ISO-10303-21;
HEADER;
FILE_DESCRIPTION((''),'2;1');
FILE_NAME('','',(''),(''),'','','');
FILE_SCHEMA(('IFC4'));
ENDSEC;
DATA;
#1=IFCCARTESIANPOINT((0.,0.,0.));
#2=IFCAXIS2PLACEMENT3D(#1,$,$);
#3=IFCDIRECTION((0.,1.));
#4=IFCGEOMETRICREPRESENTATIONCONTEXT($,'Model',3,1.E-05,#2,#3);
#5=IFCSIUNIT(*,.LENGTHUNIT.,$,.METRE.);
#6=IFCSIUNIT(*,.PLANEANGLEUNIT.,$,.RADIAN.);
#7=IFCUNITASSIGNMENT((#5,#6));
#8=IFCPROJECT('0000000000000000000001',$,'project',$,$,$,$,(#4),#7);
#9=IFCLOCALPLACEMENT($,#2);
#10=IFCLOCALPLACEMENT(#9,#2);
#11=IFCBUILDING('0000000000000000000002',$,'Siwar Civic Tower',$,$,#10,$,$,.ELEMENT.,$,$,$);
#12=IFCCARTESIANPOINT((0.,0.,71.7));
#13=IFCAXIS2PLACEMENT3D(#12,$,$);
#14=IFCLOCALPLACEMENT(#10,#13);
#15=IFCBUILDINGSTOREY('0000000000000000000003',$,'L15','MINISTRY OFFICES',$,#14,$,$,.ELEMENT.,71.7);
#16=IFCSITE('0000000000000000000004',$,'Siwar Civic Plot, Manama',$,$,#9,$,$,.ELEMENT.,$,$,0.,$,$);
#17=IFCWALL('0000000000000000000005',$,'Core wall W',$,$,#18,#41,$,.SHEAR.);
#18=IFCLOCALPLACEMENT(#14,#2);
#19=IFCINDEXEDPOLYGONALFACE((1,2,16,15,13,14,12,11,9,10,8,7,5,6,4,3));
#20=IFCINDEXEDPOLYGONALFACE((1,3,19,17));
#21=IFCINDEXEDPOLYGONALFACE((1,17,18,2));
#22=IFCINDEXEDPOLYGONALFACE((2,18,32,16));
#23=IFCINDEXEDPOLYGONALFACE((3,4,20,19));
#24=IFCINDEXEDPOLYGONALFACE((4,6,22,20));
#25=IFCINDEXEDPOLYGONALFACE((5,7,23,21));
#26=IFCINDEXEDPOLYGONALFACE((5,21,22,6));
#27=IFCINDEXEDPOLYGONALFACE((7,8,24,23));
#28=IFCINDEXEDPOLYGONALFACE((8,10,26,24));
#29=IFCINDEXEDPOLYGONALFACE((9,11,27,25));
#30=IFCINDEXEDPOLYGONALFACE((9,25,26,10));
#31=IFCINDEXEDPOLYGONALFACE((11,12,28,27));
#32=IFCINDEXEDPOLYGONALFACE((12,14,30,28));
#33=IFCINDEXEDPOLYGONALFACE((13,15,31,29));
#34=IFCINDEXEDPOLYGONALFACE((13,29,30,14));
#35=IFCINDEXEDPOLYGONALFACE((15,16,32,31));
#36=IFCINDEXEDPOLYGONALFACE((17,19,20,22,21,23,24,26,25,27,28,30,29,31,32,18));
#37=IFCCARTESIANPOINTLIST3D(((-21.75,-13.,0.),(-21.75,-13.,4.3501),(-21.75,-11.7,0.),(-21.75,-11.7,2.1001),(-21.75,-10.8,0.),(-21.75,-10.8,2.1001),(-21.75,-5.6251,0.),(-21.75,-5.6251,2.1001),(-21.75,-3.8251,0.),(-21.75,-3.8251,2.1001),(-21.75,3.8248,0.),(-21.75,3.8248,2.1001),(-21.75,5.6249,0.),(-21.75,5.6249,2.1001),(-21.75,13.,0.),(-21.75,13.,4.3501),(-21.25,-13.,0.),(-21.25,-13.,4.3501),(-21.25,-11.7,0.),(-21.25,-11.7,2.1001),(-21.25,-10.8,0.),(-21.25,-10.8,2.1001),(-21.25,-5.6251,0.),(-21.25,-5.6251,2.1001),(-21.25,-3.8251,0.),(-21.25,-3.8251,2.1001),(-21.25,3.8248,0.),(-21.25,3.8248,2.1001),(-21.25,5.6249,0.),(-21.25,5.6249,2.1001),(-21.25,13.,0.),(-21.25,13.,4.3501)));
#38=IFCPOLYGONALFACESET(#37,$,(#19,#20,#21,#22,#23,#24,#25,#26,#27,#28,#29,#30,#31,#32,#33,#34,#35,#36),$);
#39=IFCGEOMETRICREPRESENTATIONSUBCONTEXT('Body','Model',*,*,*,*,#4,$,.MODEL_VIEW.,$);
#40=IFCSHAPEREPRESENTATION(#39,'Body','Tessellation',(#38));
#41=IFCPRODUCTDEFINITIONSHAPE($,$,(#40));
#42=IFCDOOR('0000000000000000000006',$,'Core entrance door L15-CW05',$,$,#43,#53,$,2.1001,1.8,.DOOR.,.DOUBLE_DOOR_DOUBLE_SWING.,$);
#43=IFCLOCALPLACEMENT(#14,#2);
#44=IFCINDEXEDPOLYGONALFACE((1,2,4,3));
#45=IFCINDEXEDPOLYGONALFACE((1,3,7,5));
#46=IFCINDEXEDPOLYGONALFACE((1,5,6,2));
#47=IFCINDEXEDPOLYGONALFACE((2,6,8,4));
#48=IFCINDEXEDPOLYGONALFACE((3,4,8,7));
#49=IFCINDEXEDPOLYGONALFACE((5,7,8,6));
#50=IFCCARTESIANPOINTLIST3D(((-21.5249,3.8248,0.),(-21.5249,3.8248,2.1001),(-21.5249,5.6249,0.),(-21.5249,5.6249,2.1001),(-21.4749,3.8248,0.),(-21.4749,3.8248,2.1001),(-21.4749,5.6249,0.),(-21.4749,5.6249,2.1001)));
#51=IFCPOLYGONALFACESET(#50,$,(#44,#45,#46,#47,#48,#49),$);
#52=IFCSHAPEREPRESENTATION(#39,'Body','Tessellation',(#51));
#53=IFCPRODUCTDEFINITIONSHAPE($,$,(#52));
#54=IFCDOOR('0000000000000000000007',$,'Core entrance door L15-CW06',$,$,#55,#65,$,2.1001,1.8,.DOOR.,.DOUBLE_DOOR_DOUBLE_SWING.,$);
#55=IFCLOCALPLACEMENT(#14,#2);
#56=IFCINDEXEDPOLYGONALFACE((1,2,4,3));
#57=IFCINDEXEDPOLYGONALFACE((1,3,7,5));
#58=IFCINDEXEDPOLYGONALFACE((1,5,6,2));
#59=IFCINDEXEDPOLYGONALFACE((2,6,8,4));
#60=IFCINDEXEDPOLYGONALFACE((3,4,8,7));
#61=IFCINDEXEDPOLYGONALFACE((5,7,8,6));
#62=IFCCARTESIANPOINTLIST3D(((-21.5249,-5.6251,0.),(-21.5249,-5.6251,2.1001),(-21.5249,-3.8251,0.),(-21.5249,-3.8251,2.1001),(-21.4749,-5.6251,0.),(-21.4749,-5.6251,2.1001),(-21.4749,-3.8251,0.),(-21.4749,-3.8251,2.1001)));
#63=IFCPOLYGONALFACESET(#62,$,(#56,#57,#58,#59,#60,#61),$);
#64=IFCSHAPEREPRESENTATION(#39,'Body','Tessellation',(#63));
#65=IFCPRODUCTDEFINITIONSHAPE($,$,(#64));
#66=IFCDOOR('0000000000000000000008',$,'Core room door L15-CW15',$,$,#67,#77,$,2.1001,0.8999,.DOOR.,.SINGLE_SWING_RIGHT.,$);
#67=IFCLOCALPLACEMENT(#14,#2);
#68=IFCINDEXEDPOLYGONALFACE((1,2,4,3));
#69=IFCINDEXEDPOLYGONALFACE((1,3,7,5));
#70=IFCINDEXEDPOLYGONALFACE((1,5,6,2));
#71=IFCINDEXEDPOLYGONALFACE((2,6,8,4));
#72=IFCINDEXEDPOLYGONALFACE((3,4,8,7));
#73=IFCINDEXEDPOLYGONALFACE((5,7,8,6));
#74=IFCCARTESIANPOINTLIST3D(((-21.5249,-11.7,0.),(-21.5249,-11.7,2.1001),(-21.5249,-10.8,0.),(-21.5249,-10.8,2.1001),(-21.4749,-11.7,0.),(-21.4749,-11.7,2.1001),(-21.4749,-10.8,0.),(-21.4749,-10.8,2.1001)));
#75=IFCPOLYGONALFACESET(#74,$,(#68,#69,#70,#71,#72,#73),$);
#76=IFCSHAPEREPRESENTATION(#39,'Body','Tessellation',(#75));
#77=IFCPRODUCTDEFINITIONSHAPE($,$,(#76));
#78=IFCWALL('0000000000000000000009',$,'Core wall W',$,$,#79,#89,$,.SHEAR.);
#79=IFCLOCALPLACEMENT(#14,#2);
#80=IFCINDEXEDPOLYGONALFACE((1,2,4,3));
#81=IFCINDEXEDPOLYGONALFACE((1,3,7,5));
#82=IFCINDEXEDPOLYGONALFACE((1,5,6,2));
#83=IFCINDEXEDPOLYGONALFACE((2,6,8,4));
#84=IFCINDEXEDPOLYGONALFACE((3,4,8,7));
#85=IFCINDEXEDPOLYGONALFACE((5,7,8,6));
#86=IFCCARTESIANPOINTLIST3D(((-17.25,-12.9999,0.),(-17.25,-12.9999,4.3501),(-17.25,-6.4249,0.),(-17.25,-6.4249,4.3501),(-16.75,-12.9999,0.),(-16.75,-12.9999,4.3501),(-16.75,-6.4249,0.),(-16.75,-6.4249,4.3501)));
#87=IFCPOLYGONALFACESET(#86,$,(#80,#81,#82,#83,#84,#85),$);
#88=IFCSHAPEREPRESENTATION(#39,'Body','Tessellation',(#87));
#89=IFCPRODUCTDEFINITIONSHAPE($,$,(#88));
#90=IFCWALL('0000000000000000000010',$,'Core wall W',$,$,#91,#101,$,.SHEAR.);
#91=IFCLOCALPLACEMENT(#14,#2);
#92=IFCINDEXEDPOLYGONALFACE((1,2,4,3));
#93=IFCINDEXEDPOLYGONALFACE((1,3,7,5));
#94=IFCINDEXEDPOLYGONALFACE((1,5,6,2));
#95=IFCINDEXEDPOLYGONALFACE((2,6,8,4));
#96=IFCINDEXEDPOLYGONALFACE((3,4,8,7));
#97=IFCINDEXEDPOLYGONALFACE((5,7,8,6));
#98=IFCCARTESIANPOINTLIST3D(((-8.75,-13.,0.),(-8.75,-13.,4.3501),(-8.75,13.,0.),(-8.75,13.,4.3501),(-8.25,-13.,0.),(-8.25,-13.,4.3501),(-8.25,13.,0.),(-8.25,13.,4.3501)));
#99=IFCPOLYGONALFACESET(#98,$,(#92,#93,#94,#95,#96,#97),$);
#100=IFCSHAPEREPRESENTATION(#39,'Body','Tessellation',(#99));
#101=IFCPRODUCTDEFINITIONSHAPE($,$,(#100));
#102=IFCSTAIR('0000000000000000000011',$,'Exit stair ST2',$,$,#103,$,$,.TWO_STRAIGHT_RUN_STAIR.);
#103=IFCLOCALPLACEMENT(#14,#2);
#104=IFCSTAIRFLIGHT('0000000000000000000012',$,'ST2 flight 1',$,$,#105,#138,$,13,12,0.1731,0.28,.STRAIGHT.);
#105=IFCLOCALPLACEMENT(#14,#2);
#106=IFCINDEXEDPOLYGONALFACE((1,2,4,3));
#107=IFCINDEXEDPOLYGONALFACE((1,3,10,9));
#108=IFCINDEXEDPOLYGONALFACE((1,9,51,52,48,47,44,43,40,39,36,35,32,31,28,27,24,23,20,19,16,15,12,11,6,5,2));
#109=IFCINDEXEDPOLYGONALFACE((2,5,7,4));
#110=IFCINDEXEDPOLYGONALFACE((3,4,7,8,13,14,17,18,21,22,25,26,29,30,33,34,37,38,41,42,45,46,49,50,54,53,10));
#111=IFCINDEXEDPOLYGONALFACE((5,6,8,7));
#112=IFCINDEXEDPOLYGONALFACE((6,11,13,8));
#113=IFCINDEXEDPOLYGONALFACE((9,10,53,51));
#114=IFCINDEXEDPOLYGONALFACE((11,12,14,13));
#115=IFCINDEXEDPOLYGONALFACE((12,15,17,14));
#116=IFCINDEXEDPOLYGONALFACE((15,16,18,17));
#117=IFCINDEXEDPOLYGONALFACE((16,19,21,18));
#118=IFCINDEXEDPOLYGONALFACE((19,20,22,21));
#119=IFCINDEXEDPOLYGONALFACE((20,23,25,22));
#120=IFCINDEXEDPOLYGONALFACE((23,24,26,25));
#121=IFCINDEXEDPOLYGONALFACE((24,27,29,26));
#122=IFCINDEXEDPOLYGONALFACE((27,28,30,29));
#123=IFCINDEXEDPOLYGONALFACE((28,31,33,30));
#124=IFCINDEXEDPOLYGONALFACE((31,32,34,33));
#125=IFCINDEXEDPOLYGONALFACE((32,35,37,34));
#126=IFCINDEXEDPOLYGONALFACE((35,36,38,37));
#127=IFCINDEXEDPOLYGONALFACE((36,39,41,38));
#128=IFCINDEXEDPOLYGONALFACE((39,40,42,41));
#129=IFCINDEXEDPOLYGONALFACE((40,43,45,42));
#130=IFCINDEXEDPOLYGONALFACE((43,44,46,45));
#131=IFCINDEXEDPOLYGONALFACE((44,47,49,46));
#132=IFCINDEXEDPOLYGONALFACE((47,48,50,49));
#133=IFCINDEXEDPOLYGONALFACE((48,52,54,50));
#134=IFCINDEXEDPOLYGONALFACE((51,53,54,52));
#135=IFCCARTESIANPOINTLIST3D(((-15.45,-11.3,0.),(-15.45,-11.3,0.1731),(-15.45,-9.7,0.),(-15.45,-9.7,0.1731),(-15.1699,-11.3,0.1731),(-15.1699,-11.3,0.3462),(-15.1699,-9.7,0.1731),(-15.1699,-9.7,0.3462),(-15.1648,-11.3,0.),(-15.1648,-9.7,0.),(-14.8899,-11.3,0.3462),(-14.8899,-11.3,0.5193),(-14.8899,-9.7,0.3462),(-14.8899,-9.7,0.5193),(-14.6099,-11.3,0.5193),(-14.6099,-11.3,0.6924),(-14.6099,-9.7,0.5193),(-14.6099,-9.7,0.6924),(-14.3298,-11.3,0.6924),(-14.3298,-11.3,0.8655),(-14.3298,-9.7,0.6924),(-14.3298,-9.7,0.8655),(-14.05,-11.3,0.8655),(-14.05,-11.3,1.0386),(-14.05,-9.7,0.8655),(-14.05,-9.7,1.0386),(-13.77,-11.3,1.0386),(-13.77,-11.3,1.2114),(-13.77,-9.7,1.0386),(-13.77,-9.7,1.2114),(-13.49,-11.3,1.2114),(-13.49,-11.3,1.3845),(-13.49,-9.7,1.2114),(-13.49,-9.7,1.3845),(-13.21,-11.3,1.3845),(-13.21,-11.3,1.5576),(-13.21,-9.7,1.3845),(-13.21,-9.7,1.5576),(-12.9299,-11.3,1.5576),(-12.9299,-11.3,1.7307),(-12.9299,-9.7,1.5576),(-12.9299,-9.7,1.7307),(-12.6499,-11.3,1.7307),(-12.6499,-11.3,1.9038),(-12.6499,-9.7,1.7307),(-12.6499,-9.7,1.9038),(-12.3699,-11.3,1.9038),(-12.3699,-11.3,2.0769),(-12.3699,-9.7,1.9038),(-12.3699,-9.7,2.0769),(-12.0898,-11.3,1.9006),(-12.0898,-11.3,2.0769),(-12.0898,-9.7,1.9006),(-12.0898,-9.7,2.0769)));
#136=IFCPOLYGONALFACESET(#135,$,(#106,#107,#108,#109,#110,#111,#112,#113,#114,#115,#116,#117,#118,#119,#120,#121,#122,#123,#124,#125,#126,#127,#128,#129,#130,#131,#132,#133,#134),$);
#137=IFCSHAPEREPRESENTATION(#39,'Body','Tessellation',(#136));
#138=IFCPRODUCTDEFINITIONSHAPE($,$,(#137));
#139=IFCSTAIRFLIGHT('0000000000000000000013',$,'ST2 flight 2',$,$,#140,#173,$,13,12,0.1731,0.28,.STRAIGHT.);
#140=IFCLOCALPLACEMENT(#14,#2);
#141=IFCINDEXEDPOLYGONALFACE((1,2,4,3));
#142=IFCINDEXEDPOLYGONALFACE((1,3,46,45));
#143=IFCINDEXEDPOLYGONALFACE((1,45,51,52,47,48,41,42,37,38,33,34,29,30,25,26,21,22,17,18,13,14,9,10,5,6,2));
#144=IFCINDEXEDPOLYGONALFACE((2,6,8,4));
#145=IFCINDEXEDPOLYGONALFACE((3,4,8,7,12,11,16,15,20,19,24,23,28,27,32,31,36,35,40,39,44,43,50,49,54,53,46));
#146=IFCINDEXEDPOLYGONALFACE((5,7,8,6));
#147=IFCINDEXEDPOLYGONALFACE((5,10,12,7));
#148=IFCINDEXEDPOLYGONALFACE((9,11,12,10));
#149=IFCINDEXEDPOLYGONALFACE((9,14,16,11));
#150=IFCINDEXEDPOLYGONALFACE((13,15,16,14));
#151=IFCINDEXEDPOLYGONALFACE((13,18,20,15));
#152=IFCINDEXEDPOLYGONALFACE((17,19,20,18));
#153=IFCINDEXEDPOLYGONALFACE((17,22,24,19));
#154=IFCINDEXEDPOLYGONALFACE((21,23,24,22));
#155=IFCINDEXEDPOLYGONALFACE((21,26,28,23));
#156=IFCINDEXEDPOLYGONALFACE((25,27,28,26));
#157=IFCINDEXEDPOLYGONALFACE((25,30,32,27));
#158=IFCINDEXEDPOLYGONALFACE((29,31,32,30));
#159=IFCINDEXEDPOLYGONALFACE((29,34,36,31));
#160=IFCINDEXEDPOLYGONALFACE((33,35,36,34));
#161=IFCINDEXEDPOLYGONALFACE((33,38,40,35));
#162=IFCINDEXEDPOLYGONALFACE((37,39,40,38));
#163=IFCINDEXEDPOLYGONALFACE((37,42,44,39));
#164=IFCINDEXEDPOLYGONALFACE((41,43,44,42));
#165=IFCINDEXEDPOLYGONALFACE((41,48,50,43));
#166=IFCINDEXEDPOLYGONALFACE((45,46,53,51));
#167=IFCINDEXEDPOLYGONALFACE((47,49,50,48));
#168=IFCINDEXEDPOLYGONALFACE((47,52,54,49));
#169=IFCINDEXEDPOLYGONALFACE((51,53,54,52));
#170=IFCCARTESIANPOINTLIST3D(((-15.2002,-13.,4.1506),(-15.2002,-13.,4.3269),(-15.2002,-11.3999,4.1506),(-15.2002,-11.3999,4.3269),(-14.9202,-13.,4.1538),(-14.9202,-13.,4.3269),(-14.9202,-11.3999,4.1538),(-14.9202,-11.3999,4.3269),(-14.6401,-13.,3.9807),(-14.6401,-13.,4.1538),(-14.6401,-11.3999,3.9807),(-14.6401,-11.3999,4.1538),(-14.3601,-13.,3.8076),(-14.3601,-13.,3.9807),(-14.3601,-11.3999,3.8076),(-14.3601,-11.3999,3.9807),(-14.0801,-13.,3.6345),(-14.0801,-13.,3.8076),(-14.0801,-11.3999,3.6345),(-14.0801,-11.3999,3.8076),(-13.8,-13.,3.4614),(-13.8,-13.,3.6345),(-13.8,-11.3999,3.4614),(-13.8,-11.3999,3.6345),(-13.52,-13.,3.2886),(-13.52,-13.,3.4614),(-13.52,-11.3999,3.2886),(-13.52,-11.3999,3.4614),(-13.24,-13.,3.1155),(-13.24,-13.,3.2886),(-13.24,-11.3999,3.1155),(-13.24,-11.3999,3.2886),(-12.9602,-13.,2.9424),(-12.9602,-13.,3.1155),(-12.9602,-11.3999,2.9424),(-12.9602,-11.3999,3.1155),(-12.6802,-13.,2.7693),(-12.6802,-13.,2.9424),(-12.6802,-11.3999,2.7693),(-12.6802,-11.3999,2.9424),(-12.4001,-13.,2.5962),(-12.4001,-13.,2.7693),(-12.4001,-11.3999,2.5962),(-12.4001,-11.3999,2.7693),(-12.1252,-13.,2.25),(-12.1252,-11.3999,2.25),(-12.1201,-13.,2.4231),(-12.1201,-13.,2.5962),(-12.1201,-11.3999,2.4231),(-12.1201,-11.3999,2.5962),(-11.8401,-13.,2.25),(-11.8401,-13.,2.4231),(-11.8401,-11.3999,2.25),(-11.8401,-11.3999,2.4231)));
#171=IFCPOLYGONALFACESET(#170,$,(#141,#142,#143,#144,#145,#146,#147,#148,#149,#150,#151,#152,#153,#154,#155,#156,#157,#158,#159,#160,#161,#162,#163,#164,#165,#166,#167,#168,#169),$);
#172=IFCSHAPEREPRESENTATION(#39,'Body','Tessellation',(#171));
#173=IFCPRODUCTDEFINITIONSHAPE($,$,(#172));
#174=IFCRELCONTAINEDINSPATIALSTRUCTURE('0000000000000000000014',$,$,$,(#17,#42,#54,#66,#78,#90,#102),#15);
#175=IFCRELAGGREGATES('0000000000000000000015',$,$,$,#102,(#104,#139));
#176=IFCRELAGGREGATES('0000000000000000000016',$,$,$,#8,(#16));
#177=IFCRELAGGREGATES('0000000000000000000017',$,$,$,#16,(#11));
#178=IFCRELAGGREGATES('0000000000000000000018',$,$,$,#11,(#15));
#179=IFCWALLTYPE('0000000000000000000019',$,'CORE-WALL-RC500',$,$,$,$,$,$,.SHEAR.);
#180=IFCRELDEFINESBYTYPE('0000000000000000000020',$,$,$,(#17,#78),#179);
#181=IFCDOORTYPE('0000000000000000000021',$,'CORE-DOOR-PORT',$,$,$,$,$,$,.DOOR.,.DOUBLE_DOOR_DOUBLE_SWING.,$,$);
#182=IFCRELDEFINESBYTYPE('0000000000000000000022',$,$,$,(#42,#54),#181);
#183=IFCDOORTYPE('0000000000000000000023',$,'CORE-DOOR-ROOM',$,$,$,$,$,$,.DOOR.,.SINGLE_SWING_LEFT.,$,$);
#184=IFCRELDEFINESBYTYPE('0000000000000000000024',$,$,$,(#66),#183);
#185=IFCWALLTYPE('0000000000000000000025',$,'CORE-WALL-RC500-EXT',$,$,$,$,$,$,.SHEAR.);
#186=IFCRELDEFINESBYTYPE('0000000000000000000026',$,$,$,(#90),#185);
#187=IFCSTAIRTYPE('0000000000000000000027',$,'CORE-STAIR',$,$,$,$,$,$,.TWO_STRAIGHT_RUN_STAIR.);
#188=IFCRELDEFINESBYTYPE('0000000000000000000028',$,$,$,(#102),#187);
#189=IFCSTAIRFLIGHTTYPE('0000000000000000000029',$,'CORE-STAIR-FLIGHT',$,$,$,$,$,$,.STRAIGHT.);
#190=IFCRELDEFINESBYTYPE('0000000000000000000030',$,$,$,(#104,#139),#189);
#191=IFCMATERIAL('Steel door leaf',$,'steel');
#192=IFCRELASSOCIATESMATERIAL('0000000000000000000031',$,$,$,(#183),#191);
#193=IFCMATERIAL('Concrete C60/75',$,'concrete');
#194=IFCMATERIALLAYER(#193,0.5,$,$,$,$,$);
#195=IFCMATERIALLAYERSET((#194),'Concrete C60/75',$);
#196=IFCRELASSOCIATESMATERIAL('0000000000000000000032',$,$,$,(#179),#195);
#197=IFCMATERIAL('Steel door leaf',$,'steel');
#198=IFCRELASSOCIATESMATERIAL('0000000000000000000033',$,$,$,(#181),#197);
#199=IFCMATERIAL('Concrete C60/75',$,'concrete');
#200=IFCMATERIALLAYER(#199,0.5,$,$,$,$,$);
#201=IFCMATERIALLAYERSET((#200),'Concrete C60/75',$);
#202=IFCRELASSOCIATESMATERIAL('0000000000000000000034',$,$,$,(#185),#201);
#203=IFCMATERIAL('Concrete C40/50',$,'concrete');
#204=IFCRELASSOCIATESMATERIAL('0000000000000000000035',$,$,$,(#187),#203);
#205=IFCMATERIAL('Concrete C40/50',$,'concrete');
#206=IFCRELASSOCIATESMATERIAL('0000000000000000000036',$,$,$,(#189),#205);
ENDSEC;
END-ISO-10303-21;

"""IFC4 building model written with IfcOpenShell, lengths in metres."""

from ifc_helpers import new_model, si_unit, direction, frame, frame_2d, origin, place, context, subcontext, project, spatial, polyline, rectangle, outline, extrude, material, layer, layer_set, type_object, element, fill, aggregate, save


model = new_model("IFC4")

# Units and contexts
model_context = context("Model", 3, precision=1e-05, world=origin(), true_north=direction((0.0, 1.0)))
body_context = subcontext(model_context, "Body", "Model", "MODEL_VIEW")
ifc_project = project(units=[si_unit("LENGTHUNIT", "METRE"), si_unit("PLANEANGLEUNIT", "RADIAN")], contexts=[model_context])

# Site, building, storey
site_placement = place(None, origin())
site = spatial("IfcSite", under=ifc_project, at=site_placement, Name="Siwar Civic Plot, Manama", CompositionType="ELEMENT", RefElevation=0.0)
building_placement = place(site_placement, origin())
building = spatial("IfcBuilding", under=site, at=building_placement, Name="Siwar Civic Tower", CompositionType="ELEMENT")
storey_placement = place(building_placement, frame((0.0, 0.0, 71.7)))
storey = spatial("IfcBuildingStorey", under=building, at=storey_placement, Name="L15", Description="MINISTRY OFFICES", CompositionType="ELEMENT", Elevation=71.7)

# Shared definitions
ifc_material_1 = material(Name="Steel door leaf", Category="steel")
door_type_1 = type_object("IfcDoorType", Name="CORE-DOOR-ROOM", OperationType="SINGLE_SWING_LEFT", PredefinedType="DOOR", material=ifc_material_1)

# Wall, openings, doors
ifc_material_2 = material(Name="Concrete C60/75", Category="concrete")
ifc_layer_1 = layer(ifc_material_2, 0.5)
ifc_layer_set_1 = layer_set([ifc_layer_1], Name="Concrete C60/75")
wall_type_1 = type_object("IfcWallType", Name="CORE-WALL-RC500", PredefinedType="SHEAR", material=ifc_layer_set_1)
wall_1_placement = place(storey_placement, frame((-21.5, -13.0, 0.0), z_axis=(0.0, 0.0, 1.0), x_axis=(0.0, 1.0, 0.0)))
wall_1 = element("IfcWall", 1, at=wall_1_placement, inside=storey, type_object=wall_type_1, Name="Core wall W", PredefinedType="SHEAR", context=body_context, shape_type="SweptSolid", body=[
    extrude(rectangle(XDim=26.0, YDim=0.5, at=frame_2d((13.0, 0.0))), origin(), (0.0, 0.0, 1.0), 4.3501),
])
opening_1_placement = place(wall_1_placement, frame((16.825, 0.0, 0.0)))
opening_1 = element("IfcOpeningElement", 2, at=opening_1_placement, cuts=wall_1, PredefinedType="OPENING", context=body_context, shape_type="SweptSolid", body=[
    extrude(rectangle(XDim=1.8, YDim=2.1001, at=frame_2d((0.8999, 1.05))), frame((0.0, 0.26, 0.0), z_axis=(0.0, -1.0, 0.0), x_axis=(1.0, 0.0, 0.0)), (0.0, 0.0, 1.0), 0.52),
])
opening_2_placement = place(wall_1_placement, frame((7.375, 0.0, 0.0)))
opening_2 = element("IfcOpeningElement", 3, at=opening_2_placement, cuts=wall_1, PredefinedType="OPENING", context=body_context, shape_type="SweptSolid", body=[
    extrude(rectangle(XDim=1.8, YDim=2.1001, at=frame_2d((0.8999, 1.05))), frame((0.0, 0.26, 0.0), z_axis=(0.0, -1.0, 0.0), x_axis=(1.0, 0.0, 0.0)), (0.0, 0.0, 1.0), 0.52),
])
opening_3_placement = place(wall_1_placement, frame((1.3, 0.0, 0.0)))
opening_3 = element("IfcOpeningElement", 4, at=opening_3_placement, cuts=wall_1, PredefinedType="OPENING", context=body_context, shape_type="SweptSolid", body=[
    extrude(rectangle(XDim=0.8999, YDim=2.1001, at=frame_2d((0.45, 1.05))), frame((0.0, 0.26, 0.0), z_axis=(0.0, -1.0, 0.0), x_axis=(1.0, 0.0, 0.0)), (0.0, 0.0, 1.0), 0.52),
])
ifc_material_3 = material(Name="Steel door leaf", Category="steel")
door_type_2 = type_object("IfcDoorType", Name="CORE-DOOR-PORT", OperationType="DOUBLE_DOOR_DOUBLE_SWING", PredefinedType="DOOR", material=ifc_material_3)
door_1_placement = place(opening_1_placement, origin())
door_1 = element("IfcDoor", 5, at=door_1_placement, inside=storey, type_object=door_type_2, Name="Core entrance door L15-CW05", OperationType="DOUBLE_DOOR_DOUBLE_SWING", OverallHeight=2.1001, OverallWidth=1.8, PredefinedType="DOOR", context=body_context, shape_type="SweptSolid", body=[
    extrude(rectangle(XDim=1.8, YDim=2.1001, at=frame_2d((0.8999, 1.05))), frame((0.0, 0.0249, 0.0), z_axis=(0.0, -1.0, 0.0), x_axis=(1.0, 0.0, 0.0)), (0.0, 0.0, 1.0), 0.05),
])
fill(opening_1, door_1)
door_2_placement = place(opening_2_placement, origin())
door_2 = element("IfcDoor", 6, at=door_2_placement, inside=storey, type_object=door_type_2, Name="Core entrance door L15-CW06", OperationType="DOUBLE_DOOR_DOUBLE_SWING", OverallHeight=2.1001, OverallWidth=1.8, PredefinedType="DOOR", context=body_context, shape_type="SweptSolid", body=[
    extrude(rectangle(XDim=1.8, YDim=2.1001, at=frame_2d((0.8999, 1.05))), frame((0.0, 0.0249, 0.0), z_axis=(0.0, -1.0, 0.0), x_axis=(1.0, 0.0, 0.0)), (0.0, 0.0, 1.0), 0.05),
])
fill(opening_2, door_2)
door_3_placement = place(opening_3_placement, origin())
door_3 = element("IfcDoor", 7, at=door_3_placement, inside=storey, type_object=door_type_1, Name="Core room door L15-CW15", OperationType="SINGLE_SWING_RIGHT", OverallHeight=2.1001, OverallWidth=0.8999, PredefinedType="DOOR", context=body_context, shape_type="SweptSolid", body=[
    extrude(rectangle(XDim=0.8999, YDim=2.1001, at=frame_2d((0.45, 1.05))), frame((0.0, 0.0249, 0.0), z_axis=(0.0, -1.0, 0.0), x_axis=(1.0, 0.0, 0.0)), (0.0, 0.0, 1.0), 0.05),
])
fill(opening_3, door_3)

# Walls
wall_2_placement = place(storey_placement, frame((-17.0, -13.0, 0.0), z_axis=(0.0, 0.0, 1.0), x_axis=(0.0, 1.0, 0.0)))
element("IfcWall", 8, at=wall_2_placement, inside=storey, type_object=wall_type_1, Name="Core wall W", PredefinedType="SHEAR", context=body_context, shape_type="SweptSolid", body=[
    extrude(rectangle(XDim=6.575, YDim=0.5, at=frame_2d((3.2876, 0.0))), origin(), (0.0, 0.0, 1.0), 4.3501),
])
ifc_material_4 = material(Name="Concrete C60/75", Category="concrete")
ifc_layer_2 = layer(ifc_material_4, 0.5)
ifc_layer_set_2 = layer_set([ifc_layer_2], Name="Concrete C60/75")
wall_type_2 = type_object("IfcWallType", Name="CORE-WALL-RC500-EXT", PredefinedType="SHEAR", material=ifc_layer_set_2)
wall_3_placement = place(storey_placement, frame((-8.5, -13.0, 0.0), z_axis=(0.0, 0.0, 1.0), x_axis=(0.0, 1.0, 0.0)))
element("IfcWall", 9, at=wall_3_placement, inside=storey, type_object=wall_type_2, Name="Core wall W", PredefinedType="SHEAR", context=body_context, shape_type="SweptSolid", body=[
    extrude(rectangle(XDim=26.0, YDim=0.5, at=frame_2d((13.0, 0.0))), origin(), (0.0, 0.0, 1.0), 4.3501),
])

# Stair, stair flights
ifc_material_5 = material(Name="Concrete C40/50", Category="concrete")
stair_type = type_object("IfcStairType", Name="CORE-STAIR", PredefinedType="TWO_STRAIGHT_RUN_STAIR", material=ifc_material_5)
stair_placement = place(storey_placement, origin())
stair = element("IfcStair", 10, at=stair_placement, inside=storey, type_object=stair_type, Name="Exit stair ST2", PredefinedType="TWO_STRAIGHT_RUN_STAIR")
ifc_material_6 = material(Name="Concrete C40/50", Category="concrete")
stair_flight_type = type_object("IfcStairFlightType", Name="CORE-STAIR-FLIGHT", PredefinedType="STRAIGHT", material=ifc_material_6)
stair_flight_1_placement = place(storey_placement, frame((-15.45, -10.5, 0.0), z_axis=(0.0, 0.0, 1.0), x_axis=(1.0, 0.0, 0.0)))
stair_flight_1 = element("IfcStairFlight", 11, at=stair_flight_1_placement, type_object=stair_flight_type, Name="ST2 flight 1", NumberOfRisers=13, NumberOfTreads=12, PredefinedType="STRAIGHT", RiserHeight=0.1731, TreadLength=0.28, context=body_context, shape_type="SweptSolid", body=[
    extrude(outline(polyline([(0.0, 0.0), (0.0, 0.1731), (0.28, 0.1731), (0.28, 0.3462), (0.5601, 0.3462), (0.5601, 0.5193), (0.8401, 0.5193), (0.8401, 0.6924), (1.1201, 0.6924), (1.1201, 0.8655), (1.3999, 0.8655), (1.3999, 1.0386), (1.6799, 1.0386), (1.6799, 1.2114), (1.96, 1.2114), (1.96, 1.3845), (2.24, 1.3845), (2.24, 1.5576), (2.52, 1.5576), (2.52, 1.7307), (2.8, 1.7307), (2.8, 1.9038), (3.0801, 1.9038), (3.0801, 2.0769), (3.3601, 2.0769), (3.3601, 2.25), (3.3601, 1.9006), (0.2852, 0.0), (0.0, 0.0)])), frame((0.0, 0.8, 0.0), z_axis=(0.0, -1.0, 0.0), x_axis=(1.0, 0.0, 0.0)), (0.0, 0.0, 1.0), 1.6001),
])
stair_flight_2_placement = place(storey_placement, frame((-11.8401, -12.2, 2.25), z_axis=(0.0, 0.0, 1.0), x_axis=(-1.0, 0.0, 0.0)))
stair_flight_2 = element("IfcStairFlight", 12, at=stair_flight_2_placement, type_object=stair_flight_type, Name="ST2 flight 2", NumberOfRisers=13, NumberOfTreads=12, PredefinedType="STRAIGHT", RiserHeight=0.1731, TreadLength=0.28, context=body_context, shape_type="SweptSolid", body=[
    extrude(outline(polyline([(0.0, 0.0), (0.0, 0.1731), (0.28, 0.1731), (0.28, 0.3462), (0.5601, 0.3462), (0.5601, 0.5193), (0.8401, 0.5193), (0.8401, 0.6924), (1.1201, 0.6924), (1.1201, 0.8655), (1.3999, 0.8655), (1.3999, 1.0386), (1.6799, 1.0386), (1.6799, 1.2114), (1.96, 1.2114), (1.96, 1.3845), (2.24, 1.3845), (2.24, 1.5576), (2.52, 1.5576), (2.52, 1.7307), (2.8, 1.7307), (2.8, 1.9038), (3.0801, 1.9038), (3.0801, 2.0769), (3.3601, 2.0769), (3.3601, 2.25), (3.3601, 1.9006), (0.2852, 0.0), (0.0, 0.0)])), frame((0.0, 0.8, 0.0), z_axis=(0.0, -1.0, 0.0), x_axis=(1.0, 0.0, 0.0)), (0.0, 0.0, 1.0), 1.6001),
])
aggregate(stair, [stair_flight_1, stair_flight_2])

save(model, "model.ifc")
